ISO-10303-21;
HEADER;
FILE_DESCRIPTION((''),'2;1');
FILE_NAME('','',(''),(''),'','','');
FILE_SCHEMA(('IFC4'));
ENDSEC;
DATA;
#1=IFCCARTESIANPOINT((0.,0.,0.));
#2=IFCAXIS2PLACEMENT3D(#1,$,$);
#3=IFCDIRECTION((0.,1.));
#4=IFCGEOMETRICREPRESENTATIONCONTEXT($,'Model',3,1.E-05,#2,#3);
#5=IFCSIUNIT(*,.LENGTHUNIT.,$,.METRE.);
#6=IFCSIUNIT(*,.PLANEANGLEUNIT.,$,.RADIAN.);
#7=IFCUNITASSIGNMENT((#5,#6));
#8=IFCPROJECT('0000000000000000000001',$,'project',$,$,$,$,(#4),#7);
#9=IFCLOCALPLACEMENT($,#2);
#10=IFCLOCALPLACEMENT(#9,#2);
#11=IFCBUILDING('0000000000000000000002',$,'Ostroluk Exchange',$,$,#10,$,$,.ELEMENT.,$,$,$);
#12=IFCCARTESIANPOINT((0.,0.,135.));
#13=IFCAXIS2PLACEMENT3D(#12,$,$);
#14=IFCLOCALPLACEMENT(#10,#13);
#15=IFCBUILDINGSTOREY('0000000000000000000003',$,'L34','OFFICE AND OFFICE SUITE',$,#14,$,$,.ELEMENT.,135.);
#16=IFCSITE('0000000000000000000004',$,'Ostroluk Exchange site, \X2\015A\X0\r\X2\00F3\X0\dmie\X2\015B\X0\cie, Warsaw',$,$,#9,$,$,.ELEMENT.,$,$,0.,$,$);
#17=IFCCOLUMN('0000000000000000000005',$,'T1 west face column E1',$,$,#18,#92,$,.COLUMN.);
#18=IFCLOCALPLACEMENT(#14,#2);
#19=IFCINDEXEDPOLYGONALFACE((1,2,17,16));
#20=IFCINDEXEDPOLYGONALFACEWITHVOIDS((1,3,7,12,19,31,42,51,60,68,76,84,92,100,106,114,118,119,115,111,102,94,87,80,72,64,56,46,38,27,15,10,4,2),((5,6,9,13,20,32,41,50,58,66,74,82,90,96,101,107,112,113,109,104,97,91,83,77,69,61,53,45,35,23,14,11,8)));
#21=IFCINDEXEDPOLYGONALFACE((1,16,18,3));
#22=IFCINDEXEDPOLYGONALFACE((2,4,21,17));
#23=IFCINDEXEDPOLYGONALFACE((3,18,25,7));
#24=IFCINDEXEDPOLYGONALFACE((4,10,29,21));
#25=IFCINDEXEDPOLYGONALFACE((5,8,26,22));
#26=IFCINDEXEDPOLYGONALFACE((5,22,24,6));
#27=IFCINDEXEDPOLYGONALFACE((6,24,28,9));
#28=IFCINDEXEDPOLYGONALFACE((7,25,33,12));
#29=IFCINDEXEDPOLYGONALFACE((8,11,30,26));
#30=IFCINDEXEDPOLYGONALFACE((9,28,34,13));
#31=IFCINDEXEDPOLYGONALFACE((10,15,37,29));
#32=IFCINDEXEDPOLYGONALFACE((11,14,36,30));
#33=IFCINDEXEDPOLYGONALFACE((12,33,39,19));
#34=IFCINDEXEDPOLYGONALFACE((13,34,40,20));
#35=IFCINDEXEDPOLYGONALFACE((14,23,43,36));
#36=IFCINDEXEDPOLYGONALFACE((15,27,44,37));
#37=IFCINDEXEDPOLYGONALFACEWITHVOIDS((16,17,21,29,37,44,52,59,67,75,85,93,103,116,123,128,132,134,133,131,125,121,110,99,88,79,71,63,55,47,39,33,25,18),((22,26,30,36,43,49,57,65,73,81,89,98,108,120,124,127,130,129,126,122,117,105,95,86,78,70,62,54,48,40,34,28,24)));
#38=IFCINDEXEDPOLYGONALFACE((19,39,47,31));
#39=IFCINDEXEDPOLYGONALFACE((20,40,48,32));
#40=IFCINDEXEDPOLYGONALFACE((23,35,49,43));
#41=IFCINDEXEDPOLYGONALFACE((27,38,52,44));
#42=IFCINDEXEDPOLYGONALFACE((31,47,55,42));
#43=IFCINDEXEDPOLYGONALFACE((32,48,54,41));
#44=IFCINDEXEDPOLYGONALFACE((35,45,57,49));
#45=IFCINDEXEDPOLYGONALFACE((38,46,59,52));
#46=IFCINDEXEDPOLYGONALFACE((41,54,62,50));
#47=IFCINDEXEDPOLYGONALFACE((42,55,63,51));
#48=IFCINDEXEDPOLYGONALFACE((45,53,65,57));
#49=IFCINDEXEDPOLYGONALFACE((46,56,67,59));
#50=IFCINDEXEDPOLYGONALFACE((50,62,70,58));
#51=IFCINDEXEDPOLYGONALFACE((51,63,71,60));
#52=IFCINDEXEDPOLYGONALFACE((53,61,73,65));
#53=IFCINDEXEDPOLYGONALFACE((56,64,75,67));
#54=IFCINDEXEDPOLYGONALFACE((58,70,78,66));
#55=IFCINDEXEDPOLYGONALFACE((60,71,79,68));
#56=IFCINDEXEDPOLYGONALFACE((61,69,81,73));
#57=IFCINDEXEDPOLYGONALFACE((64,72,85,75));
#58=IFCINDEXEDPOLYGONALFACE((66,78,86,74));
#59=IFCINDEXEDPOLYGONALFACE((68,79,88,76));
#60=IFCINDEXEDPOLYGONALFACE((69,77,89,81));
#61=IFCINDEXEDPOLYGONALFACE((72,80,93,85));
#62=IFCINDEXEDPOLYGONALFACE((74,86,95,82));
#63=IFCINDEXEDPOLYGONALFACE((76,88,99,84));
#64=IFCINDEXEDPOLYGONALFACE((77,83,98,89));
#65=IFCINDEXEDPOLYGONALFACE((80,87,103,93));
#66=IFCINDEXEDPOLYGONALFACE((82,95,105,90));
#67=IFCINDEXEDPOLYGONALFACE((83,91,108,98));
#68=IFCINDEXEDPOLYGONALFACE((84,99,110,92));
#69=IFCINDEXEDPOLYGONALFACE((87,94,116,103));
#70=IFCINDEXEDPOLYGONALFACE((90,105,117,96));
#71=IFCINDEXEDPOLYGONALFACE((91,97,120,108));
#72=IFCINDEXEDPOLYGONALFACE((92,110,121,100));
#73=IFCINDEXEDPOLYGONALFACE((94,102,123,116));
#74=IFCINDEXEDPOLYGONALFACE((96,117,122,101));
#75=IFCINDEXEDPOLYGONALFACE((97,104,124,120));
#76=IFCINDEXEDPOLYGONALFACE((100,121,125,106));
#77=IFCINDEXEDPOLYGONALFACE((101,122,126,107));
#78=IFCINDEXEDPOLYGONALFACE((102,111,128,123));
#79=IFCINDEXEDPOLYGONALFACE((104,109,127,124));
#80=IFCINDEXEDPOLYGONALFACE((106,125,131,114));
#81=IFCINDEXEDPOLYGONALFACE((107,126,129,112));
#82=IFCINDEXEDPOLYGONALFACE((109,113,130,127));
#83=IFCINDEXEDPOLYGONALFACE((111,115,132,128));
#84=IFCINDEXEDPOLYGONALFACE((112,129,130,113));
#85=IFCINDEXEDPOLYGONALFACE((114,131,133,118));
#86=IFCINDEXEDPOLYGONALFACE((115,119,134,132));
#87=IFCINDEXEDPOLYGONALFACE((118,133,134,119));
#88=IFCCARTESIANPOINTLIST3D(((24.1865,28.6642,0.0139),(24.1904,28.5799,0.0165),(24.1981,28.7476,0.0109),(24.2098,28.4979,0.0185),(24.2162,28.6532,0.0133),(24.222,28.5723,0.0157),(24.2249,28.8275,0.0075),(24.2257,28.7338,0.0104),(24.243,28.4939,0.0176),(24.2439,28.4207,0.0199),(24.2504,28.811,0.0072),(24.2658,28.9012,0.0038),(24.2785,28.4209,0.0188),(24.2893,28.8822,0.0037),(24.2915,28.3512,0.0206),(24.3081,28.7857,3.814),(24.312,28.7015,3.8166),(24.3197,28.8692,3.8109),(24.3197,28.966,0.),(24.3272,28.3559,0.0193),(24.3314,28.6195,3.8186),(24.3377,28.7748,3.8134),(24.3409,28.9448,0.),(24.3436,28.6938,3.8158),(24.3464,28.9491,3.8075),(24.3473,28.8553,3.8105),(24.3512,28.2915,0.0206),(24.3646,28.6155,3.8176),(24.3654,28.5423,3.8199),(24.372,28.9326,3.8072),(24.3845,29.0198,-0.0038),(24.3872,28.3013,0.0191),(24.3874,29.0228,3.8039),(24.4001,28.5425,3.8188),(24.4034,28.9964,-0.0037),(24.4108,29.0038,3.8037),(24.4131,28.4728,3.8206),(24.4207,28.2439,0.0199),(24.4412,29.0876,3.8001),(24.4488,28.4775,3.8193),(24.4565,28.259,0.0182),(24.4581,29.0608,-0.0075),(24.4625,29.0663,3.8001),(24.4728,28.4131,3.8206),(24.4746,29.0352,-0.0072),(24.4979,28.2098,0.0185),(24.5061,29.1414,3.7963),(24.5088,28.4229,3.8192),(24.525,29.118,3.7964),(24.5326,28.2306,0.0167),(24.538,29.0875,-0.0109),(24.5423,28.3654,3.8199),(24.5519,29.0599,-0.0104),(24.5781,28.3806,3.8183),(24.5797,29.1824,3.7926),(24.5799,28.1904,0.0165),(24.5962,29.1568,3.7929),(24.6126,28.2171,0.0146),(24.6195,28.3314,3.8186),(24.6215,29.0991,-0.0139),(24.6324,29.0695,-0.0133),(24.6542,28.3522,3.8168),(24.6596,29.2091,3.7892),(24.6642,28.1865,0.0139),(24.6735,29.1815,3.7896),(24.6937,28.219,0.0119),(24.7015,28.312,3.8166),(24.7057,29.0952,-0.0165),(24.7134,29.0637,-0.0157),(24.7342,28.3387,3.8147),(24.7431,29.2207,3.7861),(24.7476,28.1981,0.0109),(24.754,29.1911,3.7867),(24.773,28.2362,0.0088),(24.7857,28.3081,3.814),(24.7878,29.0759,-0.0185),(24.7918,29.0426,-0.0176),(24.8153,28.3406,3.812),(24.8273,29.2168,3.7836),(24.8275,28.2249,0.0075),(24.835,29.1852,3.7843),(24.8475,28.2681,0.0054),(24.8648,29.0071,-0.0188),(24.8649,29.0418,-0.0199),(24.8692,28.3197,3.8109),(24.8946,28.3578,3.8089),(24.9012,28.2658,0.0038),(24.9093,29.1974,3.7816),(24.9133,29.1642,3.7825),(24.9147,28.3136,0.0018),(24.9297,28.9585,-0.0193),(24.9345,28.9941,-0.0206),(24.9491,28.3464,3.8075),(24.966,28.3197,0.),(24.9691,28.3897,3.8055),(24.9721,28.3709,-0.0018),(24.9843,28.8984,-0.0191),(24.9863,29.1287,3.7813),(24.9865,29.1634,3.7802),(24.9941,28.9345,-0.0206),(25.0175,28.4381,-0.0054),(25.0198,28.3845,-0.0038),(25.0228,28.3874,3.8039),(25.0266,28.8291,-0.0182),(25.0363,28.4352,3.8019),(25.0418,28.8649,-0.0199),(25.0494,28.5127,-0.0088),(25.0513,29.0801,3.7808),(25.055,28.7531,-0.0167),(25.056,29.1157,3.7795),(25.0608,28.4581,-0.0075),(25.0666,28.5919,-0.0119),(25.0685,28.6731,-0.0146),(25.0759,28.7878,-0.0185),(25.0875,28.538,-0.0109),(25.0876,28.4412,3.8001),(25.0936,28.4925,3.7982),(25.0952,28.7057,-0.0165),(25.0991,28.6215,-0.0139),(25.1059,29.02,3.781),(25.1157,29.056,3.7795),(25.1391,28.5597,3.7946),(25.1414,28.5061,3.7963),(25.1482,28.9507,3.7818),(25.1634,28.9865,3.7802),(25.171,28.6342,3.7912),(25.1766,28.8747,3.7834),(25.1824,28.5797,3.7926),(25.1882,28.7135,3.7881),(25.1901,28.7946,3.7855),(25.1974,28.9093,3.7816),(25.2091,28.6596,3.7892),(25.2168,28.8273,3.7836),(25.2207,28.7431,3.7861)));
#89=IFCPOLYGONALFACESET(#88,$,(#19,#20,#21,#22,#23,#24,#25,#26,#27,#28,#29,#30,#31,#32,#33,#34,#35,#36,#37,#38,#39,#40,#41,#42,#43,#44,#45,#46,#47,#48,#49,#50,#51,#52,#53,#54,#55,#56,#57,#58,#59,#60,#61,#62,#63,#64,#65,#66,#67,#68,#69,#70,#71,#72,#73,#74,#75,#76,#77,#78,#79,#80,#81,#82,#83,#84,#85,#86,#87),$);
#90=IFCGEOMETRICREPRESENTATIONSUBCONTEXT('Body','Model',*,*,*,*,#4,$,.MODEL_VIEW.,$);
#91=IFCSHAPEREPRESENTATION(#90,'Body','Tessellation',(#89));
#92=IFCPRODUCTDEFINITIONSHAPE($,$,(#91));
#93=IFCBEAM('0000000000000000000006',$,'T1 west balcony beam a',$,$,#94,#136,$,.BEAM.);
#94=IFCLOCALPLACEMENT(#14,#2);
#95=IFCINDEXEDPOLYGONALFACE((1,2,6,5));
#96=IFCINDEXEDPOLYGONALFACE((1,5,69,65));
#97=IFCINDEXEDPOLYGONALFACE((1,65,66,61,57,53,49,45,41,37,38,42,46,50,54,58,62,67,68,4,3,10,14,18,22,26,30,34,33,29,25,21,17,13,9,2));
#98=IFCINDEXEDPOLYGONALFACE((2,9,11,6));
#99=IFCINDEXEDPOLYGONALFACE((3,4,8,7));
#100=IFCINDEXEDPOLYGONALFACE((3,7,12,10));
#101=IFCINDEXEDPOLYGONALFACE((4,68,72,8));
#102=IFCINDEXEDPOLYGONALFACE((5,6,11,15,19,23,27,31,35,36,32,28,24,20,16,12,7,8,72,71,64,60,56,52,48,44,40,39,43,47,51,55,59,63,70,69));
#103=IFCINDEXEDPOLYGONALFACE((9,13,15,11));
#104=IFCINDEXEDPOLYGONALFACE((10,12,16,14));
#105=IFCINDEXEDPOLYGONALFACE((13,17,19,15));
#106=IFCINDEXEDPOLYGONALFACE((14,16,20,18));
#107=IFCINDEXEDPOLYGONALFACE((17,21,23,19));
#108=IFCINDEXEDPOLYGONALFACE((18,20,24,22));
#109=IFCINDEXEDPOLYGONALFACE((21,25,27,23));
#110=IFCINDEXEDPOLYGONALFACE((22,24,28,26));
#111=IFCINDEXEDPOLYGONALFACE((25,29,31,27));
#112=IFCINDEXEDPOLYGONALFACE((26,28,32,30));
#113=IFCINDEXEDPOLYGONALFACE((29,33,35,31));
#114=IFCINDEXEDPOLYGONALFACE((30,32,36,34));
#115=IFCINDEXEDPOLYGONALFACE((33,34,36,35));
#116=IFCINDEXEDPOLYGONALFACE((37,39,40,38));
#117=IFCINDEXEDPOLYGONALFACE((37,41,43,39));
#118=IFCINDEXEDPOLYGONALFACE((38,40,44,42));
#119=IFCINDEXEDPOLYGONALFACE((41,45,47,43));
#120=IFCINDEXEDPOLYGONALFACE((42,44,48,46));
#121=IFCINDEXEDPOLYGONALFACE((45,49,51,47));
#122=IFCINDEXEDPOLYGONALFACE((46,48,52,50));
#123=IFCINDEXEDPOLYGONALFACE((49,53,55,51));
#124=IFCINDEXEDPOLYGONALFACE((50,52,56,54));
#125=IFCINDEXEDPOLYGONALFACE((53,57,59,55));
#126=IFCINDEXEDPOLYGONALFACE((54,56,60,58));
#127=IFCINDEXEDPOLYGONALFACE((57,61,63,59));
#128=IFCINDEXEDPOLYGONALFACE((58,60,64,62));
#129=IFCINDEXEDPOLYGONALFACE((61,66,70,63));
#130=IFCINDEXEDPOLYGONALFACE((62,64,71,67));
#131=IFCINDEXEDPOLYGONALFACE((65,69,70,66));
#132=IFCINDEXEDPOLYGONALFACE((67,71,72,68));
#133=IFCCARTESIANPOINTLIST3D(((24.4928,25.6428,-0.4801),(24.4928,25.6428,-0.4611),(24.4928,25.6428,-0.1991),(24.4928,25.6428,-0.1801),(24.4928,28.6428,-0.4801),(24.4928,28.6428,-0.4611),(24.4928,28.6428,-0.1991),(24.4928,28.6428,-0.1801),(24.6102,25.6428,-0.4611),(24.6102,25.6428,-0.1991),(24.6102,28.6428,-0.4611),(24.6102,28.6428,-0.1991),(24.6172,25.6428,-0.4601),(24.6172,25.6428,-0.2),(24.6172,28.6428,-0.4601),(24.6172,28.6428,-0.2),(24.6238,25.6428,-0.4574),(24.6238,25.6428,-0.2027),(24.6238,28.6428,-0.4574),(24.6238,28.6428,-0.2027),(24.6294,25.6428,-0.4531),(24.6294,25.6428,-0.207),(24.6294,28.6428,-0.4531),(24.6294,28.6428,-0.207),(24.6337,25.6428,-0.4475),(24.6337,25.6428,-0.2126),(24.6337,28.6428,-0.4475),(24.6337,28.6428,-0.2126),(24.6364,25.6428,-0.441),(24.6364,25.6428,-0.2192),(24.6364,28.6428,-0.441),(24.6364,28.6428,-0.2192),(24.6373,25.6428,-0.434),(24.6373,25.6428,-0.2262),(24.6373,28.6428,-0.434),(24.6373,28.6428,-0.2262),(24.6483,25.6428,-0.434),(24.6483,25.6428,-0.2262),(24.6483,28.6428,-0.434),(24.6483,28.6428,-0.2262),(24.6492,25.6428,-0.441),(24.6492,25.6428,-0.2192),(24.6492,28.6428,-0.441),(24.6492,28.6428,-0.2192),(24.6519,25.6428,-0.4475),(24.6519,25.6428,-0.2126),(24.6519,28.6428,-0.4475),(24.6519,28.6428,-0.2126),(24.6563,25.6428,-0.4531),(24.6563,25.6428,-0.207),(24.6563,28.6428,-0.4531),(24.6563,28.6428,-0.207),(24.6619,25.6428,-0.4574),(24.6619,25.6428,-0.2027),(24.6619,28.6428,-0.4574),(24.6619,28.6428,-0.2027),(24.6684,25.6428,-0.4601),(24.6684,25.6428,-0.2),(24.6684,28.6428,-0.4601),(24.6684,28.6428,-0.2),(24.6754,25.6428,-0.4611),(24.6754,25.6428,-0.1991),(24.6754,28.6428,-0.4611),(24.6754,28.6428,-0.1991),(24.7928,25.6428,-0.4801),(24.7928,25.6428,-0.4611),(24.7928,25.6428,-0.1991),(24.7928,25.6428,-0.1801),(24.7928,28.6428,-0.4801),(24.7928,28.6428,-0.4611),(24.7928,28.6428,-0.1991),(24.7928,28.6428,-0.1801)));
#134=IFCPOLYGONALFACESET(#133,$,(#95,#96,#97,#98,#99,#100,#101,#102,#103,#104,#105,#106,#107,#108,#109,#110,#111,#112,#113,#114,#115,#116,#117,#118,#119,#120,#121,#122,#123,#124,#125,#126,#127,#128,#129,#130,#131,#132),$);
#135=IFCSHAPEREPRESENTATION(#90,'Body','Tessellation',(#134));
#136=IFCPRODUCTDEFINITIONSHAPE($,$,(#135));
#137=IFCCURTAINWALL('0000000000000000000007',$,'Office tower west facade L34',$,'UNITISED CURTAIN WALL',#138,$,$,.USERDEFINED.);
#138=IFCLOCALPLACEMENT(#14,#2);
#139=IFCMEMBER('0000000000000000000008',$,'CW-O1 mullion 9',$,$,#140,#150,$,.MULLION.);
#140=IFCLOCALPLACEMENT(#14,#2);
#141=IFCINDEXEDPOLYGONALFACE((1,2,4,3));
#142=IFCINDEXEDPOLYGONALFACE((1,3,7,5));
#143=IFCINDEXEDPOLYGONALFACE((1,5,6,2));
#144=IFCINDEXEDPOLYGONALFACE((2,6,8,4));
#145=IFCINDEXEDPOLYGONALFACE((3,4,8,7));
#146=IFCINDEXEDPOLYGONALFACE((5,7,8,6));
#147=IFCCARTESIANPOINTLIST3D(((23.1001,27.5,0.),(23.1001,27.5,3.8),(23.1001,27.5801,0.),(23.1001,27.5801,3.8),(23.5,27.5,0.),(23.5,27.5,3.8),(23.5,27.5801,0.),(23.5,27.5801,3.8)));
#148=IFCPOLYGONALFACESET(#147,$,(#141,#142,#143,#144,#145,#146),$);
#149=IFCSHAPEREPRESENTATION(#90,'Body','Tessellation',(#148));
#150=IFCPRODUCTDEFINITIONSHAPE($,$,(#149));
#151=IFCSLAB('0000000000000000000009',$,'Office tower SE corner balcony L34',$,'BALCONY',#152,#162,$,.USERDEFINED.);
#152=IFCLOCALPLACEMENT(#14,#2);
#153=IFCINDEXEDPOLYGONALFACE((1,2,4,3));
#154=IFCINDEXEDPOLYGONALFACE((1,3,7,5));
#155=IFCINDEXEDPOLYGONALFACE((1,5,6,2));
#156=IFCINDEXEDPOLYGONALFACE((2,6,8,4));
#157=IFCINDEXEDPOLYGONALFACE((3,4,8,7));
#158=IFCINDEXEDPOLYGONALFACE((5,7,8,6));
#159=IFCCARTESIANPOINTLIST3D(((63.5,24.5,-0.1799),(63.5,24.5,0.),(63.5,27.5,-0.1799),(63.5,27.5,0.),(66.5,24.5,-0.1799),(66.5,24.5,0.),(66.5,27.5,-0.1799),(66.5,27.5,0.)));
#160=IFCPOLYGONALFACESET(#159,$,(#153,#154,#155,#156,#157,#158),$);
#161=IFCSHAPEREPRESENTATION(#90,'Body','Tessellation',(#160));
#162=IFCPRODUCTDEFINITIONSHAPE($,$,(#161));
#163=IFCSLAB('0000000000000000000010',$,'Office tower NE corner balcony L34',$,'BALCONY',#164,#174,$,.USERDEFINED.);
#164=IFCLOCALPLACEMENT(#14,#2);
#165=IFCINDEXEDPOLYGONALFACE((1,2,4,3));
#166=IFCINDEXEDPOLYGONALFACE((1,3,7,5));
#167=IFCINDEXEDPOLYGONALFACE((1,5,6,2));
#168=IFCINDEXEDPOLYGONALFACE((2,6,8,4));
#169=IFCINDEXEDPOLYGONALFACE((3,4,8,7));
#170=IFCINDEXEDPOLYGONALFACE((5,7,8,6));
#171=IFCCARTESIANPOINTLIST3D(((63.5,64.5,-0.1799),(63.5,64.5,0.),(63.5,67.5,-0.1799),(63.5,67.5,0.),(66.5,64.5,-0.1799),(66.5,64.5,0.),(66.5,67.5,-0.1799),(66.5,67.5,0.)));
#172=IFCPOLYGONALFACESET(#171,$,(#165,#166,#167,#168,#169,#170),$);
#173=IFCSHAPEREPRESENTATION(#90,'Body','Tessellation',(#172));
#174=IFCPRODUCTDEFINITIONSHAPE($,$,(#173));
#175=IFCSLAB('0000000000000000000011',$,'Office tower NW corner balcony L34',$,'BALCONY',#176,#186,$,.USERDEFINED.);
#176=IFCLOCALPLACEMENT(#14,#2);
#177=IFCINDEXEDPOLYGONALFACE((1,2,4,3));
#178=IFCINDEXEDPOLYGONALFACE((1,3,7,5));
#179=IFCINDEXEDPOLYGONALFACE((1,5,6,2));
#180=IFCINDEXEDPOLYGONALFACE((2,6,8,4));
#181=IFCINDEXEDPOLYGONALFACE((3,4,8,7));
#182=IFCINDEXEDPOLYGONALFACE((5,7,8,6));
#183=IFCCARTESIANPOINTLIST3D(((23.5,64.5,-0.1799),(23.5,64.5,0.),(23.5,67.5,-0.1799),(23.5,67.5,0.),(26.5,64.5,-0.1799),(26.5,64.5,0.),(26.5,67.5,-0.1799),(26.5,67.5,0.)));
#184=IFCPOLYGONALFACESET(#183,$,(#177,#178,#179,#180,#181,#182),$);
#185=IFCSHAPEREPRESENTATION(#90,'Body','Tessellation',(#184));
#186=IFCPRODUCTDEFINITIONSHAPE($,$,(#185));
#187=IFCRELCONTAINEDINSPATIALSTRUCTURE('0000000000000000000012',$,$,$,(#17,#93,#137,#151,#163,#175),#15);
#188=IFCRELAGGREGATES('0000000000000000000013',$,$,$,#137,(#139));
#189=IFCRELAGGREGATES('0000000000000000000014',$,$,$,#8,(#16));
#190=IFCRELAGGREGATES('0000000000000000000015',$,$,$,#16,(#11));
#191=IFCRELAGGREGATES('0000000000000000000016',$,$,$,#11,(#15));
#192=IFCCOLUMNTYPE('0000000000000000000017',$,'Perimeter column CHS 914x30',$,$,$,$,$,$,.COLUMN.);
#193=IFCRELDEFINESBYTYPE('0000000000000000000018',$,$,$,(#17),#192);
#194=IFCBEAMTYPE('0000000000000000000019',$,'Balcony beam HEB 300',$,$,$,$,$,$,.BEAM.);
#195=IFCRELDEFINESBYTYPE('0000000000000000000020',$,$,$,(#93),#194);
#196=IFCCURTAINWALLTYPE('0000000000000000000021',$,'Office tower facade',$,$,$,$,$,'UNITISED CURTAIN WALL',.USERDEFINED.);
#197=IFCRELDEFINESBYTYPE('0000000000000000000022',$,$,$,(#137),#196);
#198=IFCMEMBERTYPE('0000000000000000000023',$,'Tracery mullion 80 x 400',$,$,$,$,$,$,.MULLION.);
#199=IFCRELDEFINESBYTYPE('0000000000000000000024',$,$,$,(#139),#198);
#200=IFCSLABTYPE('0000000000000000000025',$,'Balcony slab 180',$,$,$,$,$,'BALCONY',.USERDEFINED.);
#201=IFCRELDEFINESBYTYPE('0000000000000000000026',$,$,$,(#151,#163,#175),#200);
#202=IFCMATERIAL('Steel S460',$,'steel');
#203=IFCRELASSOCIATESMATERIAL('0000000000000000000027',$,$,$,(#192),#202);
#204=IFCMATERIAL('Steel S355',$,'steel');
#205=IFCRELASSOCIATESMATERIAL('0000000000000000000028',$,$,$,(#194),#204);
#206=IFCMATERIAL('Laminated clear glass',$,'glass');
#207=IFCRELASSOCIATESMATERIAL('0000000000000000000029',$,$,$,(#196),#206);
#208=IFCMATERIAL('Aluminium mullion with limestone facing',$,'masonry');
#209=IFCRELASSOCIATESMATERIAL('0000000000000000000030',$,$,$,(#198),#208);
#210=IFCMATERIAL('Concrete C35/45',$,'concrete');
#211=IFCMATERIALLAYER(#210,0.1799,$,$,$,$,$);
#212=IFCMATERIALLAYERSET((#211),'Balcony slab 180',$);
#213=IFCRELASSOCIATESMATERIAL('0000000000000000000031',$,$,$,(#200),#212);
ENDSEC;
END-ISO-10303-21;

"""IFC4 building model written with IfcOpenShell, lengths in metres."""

from ifc_helpers import new_model, si_unit, direction, frame, origin, origin_2d, place, context, subcontext, project, spatial, polyline, rectangle, hollow_circle, i_section, outline, extrude, material, layer, layer_set, material_profile, profile_set, type_object, element, aggregate, save


model = new_model("IFC4")

# Units and contexts
model_context = context("Model", 3, precision=1e-05, world=origin(), true_north=direction((0.0, 1.0)))
body_context = subcontext(model_context, "Body", "Model", "MODEL_VIEW")
ifc_project = project(units=[si_unit("LENGTHUNIT", "METRE"), si_unit("PLANEANGLEUNIT", "RADIAN")], contexts=[model_context])

# Site, building, storey
site_placement = place(None, origin())
site = spatial("IfcSite", under=ifc_project, at=site_placement, Name="Ostroluk Exchange site, Śródmieście, Warsaw", CompositionType="ELEMENT", RefElevation=0.0)
building_placement = place(site_placement, origin())
building = spatial("IfcBuilding", under=site, at=building_placement, Name="Ostroluk Exchange", CompositionType="ELEMENT")
storey_placement = place(building_placement, frame((0.0, 0.0, 135.0)))
storey = spatial("IfcBuildingStorey", under=building, at=storey_placement, Name="L34", Description="OFFICE AND OFFICE SUITE", CompositionType="ELEMENT", Elevation=135.0)

# Column
ifc_material_1 = material(Name="Steel S460", Category="steel")
ifc_material_profile_1 = material_profile(ifc_material_1, hollow_circle(Radius=0.457, WallThickness=0.03, at=origin_2d()), Name="CHS 914x30")
ifc_profile_set_1 = profile_set([ifc_material_profile_1], Name="Steel S460")
column_type = type_object("IfcColumnType", Name="Perimeter column CHS 914x30", PredefinedType="COLUMN", material=ifc_profile_set_1)
column_placement = place(storey_placement, frame((24.6428, 28.6428, 0.0), z_axis=(0.031962, 0.031962, 0.998978), x_axis=(-0.707107, 0.707107, 0.0)))
element("IfcColumn", 1, at=column_placement, inside=storey, type_object=column_type, Name="T1 west face column E1", PredefinedType="COLUMN", context=body_context, shape_type="SweptSolid", body=[
    extrude(hollow_circle(Radius=0.457, WallThickness=0.03, at=origin_2d()), origin(), (0.0, 0.0, 1.0), 3.804),
])

# Beam
ifc_material_2 = material(Name="Steel S355", Category="steel")
ifc_material_profile_2 = material_profile(ifc_material_2, i_section(OverallWidth=0.3, OverallDepth=0.3, WebThickness=0.011, FlangeThickness=0.019, FilletRadius=0.0271, at=origin_2d()), Name="HEB 300")
ifc_profile_set_2 = profile_set([ifc_material_profile_2], Name="Steel S355")
beam_type = type_object("IfcBeamType", Name="Balcony beam HEB 300", PredefinedType="BEAM", material=ifc_profile_set_2)
beam_placement = place(storey_placement, frame((24.6428, 28.6428, -0.3301), z_axis=(0.0, -1.0, 0.0), x_axis=(1.0, 0.0, 0.0)))
element("IfcBeam", 2, at=beam_placement, inside=storey, type_object=beam_type, Name="T1 west balcony beam a", PredefinedType="BEAM", context=body_context, shape_type="SweptSolid", body=[
    extrude(i_section(OverallWidth=0.3, OverallDepth=0.3, WebThickness=0.011, FlangeThickness=0.019, FilletRadius=0.0271, at=origin_2d()), origin(), (0.0, 0.0, 1.0), 3.0),
])

# Curtain wall, member
ifc_material_3 = material(Name="Laminated clear glass", Category="glass")
curtain_wall_type = type_object("IfcCurtainWallType", Name="Office tower facade", ElementType="UNITISED CURTAIN WALL", PredefinedType="USERDEFINED", material=ifc_material_3)
curtain_wall_placement = place(storey_placement, origin())
curtain_wall = element("IfcCurtainWall", 3, at=curtain_wall_placement, inside=storey, type_object=curtain_wall_type, Name="Office tower west facade L34", ObjectType="UNITISED CURTAIN WALL", PredefinedType="USERDEFINED")
ifc_material_4 = material(Name="Aluminium mullion with limestone facing", Category="masonry")
ifc_material_profile_3 = material_profile(ifc_material_4, rectangle(XDim=0.3999, YDim=0.0801, at=origin_2d()), Name="Tracery mullion 80 x 400")
ifc_profile_set_3 = profile_set([ifc_material_profile_3], Name="Aluminium mullion with limestone facing")
member_type = type_object("IfcMemberType", Name="Tracery mullion 80 x 400", PredefinedType="MULLION", material=ifc_profile_set_3)
member_placement = place(storey_placement, frame((23.3, 27.54, 0.0), z_axis=(0.0, 0.0, 1.0), x_axis=(1.0, 0.0, 0.0)))
member = element("IfcMember", 4, at=member_placement, type_object=member_type, Name="CW-O1 mullion 9", PredefinedType="MULLION", context=body_context, shape_type="SweptSolid", body=[
    extrude(rectangle(XDim=0.3999, YDim=0.0801, at=origin_2d()), origin(), (0.0, 0.0, 1.0), 3.8),
])
aggregate(curtain_wall, [member])

# Slabs
ifc_material_5 = material(Name="Concrete C35/45", Category="concrete")
ifc_layer_1 = layer(ifc_material_5, 0.1799)
ifc_layer_set_1 = layer_set([ifc_layer_1], Name="Balcony slab 180")
slab_type_1 = type_object("IfcSlabType", Name="Balcony slab 180", ElementType="BALCONY", PredefinedType="USERDEFINED", material=ifc_layer_set_1)
slab_1_placement = place(storey_placement, frame((0.0, 0.0, -0.1799)))
element("IfcSlab", 5, at=slab_1_placement, inside=storey, type_object=slab_type_1, Name="Office tower SE corner balcony L34", ObjectType="BALCONY", PredefinedType="USERDEFINED", context=body_context, shape_type="SweptSolid", body=[
    extrude(outline(polyline([(63.5, 24.5), (66.5, 24.5), (66.5, 27.5), (63.5, 27.5), (63.5, 24.5)])), origin(), (0.0, 0.0, 1.0), 0.1799),
])
slab_2_placement = place(storey_placement, frame((0.0, 0.0, -0.1799)))
element("IfcSlab", 6, at=slab_2_placement, inside=storey, type_object=slab_type_1, Name="Office tower NE corner balcony L34", ObjectType="BALCONY", PredefinedType="USERDEFINED", context=body_context, shape_type="SweptSolid", body=[
    extrude(outline(polyline([(63.5, 64.5), (66.5, 64.5), (66.5, 67.5), (63.5, 67.5), (63.5, 64.5)])), origin(), (0.0, 0.0, 1.0), 0.1799),
])
slab_3_placement = place(storey_placement, frame((0.0, 0.0, -0.1799)))
element("IfcSlab", 7, at=slab_3_placement, inside=storey, type_object=slab_type_1, Name="Office tower NW corner balcony L34", ObjectType="BALCONY", PredefinedType="USERDEFINED", context=body_context, shape_type="SweptSolid", body=[
    extrude(outline(polyline([(23.5, 64.5), (26.5, 64.5), (26.5, 67.5), (23.5, 67.5), (23.5, 64.5)])), origin(), (0.0, 0.0, 1.0), 0.1799),
])

save(model, "model.ifc")
